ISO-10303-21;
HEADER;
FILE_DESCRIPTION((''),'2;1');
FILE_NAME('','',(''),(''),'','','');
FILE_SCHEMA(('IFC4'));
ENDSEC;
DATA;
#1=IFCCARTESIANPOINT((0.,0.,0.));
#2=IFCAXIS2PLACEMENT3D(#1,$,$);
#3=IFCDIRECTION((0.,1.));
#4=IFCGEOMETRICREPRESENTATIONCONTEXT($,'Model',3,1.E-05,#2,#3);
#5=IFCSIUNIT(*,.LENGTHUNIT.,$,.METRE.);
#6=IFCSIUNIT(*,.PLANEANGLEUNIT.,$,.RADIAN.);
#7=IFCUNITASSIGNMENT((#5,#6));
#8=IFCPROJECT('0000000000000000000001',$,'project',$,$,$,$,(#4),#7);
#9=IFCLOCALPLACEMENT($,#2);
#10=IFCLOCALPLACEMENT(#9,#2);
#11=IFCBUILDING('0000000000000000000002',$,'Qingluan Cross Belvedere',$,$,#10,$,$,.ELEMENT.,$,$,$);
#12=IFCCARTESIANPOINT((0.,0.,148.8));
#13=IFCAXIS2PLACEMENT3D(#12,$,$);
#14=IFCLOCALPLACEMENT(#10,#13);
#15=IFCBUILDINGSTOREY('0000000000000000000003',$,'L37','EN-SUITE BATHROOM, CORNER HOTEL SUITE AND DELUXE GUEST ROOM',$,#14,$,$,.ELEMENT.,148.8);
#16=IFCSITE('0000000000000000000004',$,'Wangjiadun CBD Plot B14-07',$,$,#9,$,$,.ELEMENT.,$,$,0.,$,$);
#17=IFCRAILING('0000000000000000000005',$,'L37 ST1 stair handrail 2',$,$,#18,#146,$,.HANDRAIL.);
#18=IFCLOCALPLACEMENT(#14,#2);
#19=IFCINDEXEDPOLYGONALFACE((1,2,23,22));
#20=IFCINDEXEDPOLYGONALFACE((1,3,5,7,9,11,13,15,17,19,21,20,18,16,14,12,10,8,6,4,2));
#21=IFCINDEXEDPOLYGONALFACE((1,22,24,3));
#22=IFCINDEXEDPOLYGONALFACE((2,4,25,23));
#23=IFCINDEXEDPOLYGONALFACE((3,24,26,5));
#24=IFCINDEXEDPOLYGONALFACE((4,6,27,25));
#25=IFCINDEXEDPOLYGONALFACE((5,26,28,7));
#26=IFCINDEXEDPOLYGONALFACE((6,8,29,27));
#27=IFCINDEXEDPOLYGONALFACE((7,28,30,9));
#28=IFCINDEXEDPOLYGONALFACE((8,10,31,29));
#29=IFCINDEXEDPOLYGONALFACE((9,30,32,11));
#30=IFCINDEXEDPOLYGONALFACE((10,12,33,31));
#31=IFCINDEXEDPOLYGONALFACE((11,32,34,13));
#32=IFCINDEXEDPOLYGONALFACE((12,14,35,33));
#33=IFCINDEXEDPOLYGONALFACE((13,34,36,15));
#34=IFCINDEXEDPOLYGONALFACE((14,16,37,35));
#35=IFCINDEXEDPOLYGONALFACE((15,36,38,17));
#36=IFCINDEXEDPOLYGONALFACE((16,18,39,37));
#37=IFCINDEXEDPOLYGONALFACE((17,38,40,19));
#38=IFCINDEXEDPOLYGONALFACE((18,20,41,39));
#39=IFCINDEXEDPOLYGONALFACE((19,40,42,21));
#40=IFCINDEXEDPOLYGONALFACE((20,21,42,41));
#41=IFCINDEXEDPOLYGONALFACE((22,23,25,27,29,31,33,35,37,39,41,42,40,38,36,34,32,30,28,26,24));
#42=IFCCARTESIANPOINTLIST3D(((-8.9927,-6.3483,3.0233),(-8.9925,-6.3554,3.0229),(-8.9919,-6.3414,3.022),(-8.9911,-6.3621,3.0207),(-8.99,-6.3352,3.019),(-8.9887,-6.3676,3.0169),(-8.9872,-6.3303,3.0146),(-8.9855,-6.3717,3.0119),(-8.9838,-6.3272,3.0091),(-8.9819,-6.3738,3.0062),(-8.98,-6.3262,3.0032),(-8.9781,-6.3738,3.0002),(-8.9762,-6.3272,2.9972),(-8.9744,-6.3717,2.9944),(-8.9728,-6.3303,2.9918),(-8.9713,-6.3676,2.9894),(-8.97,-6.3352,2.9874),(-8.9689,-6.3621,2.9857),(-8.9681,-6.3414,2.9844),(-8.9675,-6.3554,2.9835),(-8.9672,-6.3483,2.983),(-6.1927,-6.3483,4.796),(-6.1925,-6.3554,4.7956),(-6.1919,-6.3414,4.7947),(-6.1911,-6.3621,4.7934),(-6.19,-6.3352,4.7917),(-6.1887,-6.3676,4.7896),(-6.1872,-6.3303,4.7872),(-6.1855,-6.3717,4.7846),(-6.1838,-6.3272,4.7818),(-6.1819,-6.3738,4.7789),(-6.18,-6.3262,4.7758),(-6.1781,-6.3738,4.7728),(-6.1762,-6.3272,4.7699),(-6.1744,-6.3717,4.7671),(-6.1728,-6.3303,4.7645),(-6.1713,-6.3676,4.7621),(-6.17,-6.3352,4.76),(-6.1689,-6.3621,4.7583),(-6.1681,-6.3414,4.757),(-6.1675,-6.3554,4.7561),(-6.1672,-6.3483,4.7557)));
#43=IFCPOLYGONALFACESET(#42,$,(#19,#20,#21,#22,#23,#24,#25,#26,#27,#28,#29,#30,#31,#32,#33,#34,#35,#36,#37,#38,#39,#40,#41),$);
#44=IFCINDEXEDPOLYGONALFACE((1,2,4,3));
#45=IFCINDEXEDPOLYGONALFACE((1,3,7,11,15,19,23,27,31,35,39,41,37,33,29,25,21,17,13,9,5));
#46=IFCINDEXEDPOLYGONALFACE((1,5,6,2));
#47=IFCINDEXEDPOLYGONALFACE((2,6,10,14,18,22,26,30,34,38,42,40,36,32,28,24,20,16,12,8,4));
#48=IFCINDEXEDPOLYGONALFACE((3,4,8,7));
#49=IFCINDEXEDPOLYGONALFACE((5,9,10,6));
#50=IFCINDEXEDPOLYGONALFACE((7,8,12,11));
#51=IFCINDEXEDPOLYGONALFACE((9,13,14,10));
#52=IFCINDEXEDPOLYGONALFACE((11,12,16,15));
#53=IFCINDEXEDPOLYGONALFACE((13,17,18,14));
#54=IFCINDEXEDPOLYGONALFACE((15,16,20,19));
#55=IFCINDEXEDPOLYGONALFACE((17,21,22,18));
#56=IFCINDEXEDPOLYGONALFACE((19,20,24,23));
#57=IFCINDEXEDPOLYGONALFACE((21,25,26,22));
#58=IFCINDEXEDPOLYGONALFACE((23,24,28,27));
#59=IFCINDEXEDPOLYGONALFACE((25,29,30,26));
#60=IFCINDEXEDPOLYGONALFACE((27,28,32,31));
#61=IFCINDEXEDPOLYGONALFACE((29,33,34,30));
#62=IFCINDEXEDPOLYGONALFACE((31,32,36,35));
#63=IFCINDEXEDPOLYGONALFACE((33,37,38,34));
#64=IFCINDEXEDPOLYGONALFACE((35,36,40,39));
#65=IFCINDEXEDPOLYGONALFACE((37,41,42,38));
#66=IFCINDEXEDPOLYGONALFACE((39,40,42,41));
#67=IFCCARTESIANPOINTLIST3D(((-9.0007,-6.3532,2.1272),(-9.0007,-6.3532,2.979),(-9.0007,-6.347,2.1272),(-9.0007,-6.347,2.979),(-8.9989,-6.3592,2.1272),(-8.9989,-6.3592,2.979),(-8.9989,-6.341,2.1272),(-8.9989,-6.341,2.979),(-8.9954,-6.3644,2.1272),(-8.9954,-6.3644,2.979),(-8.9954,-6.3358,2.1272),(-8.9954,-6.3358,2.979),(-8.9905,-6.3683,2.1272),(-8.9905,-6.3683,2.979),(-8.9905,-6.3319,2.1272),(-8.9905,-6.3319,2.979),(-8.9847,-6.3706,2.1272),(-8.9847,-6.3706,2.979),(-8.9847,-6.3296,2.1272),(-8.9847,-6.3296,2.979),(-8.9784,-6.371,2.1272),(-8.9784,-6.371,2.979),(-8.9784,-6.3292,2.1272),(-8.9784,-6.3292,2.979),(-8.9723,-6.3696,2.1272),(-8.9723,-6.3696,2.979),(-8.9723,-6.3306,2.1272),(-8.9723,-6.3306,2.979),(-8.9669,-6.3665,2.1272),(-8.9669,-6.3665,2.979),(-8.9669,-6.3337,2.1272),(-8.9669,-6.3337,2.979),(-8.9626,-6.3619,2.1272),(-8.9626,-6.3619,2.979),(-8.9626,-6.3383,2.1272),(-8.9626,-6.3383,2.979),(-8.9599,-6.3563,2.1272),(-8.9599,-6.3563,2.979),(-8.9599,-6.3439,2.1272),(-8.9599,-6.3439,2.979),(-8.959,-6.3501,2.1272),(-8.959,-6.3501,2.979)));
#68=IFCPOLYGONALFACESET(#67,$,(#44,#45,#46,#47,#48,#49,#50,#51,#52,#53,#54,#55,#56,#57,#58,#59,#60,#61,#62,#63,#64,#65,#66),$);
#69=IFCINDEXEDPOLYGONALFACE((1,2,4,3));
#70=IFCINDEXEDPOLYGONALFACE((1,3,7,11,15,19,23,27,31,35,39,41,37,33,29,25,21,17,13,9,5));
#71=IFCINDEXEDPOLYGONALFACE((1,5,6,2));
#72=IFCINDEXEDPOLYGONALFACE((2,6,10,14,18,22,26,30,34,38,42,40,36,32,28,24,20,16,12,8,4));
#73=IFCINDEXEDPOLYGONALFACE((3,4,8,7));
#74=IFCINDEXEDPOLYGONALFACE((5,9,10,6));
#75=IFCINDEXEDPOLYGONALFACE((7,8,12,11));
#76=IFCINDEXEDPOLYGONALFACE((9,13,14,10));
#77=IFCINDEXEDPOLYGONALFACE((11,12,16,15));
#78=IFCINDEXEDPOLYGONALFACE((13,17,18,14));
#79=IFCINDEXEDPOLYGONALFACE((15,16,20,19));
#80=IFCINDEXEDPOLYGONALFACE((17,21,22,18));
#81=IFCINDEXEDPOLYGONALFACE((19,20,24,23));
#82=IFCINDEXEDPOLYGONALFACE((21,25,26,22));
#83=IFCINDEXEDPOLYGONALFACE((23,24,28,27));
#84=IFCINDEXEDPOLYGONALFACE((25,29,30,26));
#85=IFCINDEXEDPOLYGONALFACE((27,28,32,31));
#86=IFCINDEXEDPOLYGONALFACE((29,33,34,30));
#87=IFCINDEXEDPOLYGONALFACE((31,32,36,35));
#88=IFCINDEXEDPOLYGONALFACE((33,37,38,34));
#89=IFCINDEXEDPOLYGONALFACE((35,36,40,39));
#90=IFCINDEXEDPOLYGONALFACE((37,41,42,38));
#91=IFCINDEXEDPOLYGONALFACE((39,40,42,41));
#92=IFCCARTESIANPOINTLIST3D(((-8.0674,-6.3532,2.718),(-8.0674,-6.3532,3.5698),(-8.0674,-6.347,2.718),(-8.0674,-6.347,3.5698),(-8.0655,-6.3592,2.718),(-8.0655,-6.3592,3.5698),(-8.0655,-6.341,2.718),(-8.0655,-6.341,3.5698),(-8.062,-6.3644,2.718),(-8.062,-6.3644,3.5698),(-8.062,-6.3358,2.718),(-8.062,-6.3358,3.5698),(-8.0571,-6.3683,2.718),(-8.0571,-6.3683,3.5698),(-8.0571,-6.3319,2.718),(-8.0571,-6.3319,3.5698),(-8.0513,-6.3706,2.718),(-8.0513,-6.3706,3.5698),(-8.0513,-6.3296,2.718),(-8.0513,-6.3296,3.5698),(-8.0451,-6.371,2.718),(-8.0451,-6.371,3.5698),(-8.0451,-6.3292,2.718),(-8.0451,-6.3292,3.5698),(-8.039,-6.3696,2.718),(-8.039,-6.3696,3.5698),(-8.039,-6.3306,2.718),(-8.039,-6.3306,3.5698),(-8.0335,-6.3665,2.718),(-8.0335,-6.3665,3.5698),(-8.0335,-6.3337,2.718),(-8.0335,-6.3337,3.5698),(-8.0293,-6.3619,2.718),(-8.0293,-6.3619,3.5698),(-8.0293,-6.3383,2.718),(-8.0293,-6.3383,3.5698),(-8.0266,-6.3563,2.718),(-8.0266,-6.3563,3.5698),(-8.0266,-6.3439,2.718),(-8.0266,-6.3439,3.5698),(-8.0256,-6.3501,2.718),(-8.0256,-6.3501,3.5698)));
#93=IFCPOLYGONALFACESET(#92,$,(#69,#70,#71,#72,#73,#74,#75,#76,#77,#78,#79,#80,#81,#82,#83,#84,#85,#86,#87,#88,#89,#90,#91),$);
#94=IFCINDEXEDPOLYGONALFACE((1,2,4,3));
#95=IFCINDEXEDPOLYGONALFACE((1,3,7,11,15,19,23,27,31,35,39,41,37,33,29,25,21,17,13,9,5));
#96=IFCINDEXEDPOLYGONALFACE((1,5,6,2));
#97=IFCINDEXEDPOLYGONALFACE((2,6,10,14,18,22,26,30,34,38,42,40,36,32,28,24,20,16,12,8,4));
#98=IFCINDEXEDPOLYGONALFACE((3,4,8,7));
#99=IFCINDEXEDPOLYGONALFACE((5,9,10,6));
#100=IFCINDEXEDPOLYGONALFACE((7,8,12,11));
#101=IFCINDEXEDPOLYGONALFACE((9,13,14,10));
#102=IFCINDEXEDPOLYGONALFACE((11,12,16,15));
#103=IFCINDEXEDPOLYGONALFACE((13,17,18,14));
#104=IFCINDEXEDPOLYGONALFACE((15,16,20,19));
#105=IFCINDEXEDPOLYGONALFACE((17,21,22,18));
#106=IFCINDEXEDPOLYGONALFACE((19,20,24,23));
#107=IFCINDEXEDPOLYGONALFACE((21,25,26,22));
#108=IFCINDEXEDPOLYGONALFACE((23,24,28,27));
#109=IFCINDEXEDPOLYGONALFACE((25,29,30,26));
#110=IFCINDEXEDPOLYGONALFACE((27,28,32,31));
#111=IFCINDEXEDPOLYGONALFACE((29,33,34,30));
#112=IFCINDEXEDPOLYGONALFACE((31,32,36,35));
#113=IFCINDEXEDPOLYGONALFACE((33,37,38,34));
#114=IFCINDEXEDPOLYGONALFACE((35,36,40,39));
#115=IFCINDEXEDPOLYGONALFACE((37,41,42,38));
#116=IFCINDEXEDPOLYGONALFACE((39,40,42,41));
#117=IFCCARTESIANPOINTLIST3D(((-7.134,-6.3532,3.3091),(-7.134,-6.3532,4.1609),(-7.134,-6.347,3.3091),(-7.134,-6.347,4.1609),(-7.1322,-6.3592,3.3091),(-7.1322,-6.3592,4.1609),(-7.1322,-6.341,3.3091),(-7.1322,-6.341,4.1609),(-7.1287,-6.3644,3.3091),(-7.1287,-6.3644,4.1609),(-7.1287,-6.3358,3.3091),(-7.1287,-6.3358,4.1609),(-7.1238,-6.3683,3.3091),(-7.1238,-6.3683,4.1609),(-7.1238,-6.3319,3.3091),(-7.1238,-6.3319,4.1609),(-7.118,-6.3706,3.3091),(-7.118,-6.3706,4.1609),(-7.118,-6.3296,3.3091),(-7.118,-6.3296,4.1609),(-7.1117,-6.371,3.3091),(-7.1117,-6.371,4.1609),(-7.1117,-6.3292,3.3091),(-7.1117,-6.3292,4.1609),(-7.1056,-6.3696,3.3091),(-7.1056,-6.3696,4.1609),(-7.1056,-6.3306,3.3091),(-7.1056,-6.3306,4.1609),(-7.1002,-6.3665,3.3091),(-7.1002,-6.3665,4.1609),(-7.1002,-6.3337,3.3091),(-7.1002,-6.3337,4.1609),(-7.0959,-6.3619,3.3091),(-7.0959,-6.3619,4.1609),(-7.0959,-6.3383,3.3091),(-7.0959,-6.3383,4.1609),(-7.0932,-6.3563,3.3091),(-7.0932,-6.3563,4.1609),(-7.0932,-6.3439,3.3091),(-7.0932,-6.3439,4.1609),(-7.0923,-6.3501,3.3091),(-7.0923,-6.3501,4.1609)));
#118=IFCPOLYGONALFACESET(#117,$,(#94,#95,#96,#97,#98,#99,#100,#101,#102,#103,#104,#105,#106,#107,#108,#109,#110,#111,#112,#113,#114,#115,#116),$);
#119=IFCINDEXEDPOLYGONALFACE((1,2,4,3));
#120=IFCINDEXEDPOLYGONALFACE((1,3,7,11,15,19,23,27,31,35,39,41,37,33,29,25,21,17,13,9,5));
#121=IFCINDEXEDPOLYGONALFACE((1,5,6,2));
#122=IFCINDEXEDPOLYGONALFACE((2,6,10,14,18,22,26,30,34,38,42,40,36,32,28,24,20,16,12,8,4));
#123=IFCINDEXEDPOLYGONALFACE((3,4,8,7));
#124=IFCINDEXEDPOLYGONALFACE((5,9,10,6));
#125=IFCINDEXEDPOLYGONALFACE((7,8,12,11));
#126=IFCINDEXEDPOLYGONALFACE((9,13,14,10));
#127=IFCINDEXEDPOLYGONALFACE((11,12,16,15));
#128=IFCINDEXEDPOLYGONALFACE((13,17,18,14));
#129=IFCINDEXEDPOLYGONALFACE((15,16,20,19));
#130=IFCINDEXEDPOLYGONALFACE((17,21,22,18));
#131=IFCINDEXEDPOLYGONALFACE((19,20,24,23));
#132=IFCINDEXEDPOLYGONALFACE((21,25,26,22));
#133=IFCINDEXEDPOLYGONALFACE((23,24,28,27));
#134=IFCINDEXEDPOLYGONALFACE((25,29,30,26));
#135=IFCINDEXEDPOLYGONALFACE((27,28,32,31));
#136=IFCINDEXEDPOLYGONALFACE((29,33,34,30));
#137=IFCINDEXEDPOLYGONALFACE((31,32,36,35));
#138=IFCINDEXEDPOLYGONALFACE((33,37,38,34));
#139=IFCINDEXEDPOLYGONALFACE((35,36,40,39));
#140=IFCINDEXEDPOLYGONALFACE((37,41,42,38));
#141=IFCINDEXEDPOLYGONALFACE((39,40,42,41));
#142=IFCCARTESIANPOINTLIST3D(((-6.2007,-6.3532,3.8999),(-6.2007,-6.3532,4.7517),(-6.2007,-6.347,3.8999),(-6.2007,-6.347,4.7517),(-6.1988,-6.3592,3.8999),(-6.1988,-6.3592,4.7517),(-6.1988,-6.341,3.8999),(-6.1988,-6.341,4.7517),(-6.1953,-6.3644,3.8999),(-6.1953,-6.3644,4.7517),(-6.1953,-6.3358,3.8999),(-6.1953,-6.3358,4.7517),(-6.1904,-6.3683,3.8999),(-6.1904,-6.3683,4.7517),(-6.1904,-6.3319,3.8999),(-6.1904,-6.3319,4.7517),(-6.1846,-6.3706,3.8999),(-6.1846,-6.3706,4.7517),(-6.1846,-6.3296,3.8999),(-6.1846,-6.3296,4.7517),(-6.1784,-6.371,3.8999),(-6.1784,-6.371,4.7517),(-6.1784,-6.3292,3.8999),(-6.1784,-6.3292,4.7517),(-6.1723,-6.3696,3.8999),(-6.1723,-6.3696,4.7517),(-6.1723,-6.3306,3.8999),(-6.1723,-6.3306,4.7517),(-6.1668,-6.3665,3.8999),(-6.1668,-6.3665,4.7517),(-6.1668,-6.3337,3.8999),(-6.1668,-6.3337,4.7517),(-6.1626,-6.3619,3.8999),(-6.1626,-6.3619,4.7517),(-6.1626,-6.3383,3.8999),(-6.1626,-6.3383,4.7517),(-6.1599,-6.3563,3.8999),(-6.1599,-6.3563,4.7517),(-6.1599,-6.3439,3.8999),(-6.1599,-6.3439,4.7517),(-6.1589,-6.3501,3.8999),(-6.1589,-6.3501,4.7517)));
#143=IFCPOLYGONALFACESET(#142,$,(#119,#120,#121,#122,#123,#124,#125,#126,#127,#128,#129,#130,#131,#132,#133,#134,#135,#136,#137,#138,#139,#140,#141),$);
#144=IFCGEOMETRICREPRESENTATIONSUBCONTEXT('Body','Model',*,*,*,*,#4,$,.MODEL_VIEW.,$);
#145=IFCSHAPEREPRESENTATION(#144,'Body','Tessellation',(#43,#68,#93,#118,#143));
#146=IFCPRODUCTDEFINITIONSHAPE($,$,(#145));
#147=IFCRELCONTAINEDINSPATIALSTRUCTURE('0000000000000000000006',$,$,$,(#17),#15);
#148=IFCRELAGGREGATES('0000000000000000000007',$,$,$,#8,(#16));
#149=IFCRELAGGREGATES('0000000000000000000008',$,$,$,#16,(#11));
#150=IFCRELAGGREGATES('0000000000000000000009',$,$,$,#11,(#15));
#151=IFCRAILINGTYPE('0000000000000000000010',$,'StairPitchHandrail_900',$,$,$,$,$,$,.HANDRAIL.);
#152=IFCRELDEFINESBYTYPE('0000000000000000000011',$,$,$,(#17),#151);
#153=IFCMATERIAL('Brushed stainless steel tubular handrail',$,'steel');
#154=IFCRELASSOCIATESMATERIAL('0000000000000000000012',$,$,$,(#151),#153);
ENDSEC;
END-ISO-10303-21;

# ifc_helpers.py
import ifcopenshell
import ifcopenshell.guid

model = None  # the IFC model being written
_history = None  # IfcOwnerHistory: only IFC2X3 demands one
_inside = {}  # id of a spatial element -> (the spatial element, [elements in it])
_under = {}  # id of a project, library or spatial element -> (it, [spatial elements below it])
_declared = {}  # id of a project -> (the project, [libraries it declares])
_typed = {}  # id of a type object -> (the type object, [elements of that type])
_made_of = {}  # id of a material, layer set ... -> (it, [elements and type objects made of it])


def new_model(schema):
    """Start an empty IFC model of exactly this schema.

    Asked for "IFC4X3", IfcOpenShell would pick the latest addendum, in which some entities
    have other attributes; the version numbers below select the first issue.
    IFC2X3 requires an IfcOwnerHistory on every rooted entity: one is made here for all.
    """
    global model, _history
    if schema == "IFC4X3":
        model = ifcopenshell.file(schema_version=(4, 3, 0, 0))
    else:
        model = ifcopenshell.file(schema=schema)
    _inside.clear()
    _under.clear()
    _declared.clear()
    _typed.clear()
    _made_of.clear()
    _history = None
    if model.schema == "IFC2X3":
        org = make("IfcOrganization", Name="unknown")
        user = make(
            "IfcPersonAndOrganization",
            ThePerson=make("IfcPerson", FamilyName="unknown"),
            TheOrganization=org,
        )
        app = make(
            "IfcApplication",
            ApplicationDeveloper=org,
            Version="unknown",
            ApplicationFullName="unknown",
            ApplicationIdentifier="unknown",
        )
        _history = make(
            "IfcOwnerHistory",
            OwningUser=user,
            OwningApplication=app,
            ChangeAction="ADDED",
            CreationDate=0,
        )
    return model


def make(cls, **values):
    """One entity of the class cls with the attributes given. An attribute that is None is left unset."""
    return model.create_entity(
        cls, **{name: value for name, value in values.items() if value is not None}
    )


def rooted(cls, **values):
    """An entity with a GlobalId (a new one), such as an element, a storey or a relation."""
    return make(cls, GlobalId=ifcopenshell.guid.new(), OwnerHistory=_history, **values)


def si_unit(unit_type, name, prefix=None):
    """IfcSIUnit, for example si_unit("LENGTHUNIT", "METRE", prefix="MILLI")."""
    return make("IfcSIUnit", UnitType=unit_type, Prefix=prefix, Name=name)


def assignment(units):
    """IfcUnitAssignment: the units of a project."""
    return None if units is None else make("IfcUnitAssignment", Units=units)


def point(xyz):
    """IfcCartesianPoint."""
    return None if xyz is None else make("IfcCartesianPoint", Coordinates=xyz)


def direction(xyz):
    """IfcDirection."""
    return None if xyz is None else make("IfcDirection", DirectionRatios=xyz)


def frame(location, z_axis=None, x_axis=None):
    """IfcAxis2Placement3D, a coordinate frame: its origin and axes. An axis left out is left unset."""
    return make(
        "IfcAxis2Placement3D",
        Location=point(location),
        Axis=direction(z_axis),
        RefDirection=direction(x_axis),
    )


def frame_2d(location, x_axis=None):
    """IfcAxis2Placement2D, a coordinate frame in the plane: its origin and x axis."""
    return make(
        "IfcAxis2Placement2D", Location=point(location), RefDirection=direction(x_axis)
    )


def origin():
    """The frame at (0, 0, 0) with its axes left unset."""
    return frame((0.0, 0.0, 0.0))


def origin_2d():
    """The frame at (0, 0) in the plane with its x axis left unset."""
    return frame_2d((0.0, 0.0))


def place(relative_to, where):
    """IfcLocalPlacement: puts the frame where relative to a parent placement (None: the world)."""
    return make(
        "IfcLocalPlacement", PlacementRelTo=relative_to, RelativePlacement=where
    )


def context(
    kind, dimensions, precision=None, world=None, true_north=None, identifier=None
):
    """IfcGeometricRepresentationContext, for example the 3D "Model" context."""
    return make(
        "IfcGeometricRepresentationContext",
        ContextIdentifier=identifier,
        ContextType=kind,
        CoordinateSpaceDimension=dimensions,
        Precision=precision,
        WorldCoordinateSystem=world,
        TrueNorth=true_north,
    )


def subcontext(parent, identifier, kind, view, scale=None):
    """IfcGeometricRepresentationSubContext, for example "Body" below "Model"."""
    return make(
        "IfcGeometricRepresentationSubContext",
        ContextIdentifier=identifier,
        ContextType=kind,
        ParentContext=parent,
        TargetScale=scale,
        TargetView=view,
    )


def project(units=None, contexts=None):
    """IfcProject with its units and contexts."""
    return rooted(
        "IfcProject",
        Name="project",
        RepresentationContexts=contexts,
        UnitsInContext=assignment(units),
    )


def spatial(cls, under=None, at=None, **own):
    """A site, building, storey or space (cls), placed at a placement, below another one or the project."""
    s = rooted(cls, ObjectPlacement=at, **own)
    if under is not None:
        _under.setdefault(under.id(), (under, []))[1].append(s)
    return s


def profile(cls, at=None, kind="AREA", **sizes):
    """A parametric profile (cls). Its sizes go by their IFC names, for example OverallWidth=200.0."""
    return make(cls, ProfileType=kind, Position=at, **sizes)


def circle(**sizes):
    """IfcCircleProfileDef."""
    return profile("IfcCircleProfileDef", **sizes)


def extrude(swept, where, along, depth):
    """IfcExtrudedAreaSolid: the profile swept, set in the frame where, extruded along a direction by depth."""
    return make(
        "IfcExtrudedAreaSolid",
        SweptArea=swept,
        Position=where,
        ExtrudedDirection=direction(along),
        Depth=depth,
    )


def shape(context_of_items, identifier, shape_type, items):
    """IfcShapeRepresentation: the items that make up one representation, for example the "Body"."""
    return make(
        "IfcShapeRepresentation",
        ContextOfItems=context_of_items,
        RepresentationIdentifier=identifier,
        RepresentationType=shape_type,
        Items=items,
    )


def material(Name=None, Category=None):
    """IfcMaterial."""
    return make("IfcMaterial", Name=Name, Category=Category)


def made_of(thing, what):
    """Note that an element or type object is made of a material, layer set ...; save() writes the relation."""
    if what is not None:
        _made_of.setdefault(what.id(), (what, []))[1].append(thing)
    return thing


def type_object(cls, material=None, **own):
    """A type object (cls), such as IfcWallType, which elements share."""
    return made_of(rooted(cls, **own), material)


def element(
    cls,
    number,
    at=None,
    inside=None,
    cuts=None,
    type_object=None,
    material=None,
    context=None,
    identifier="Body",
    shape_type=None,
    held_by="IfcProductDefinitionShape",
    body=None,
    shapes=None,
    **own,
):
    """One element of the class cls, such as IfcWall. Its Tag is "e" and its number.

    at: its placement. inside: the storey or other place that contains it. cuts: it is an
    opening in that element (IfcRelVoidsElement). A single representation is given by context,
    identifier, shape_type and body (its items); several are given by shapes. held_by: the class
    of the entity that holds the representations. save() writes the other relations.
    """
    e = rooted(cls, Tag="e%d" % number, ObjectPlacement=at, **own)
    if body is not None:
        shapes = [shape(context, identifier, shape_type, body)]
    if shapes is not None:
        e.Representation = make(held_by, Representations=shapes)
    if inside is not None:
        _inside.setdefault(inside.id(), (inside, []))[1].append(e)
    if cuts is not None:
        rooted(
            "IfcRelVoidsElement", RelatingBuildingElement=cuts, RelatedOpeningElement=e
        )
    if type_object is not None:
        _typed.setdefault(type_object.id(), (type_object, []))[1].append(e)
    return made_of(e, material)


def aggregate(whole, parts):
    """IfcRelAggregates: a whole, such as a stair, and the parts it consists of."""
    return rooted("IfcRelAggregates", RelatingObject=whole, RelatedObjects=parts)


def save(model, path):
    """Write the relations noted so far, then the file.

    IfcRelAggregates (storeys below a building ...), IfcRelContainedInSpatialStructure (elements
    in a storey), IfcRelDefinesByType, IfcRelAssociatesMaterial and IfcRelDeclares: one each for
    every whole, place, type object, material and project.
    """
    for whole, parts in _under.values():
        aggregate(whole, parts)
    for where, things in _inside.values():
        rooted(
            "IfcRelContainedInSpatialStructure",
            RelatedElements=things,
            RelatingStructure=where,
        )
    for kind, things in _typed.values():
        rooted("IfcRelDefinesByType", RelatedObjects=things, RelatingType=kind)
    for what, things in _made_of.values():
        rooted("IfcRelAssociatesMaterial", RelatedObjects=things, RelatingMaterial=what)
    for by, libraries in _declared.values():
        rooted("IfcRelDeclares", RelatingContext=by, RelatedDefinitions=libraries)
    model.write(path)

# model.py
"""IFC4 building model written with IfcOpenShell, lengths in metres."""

from ifc_helpers import new_model, si_unit, direction, frame, origin, origin_2d, place, context, subcontext, project, spatial, circle, extrude, material, type_object, element, save


model = new_model("IFC4")

# Units and contexts
model_context = context("Model", 3, precision=1e-05, world=origin(), true_north=direction((0.0, 1.0)))
body_context = subcontext(model_context, "Body", "Model", "MODEL_VIEW")
ifc_project = project(units=[si_unit("LENGTHUNIT", "METRE"), si_unit("PLANEANGLEUNIT", "RADIAN")], contexts=[model_context])

# Site, building, storey
site_placement = place(None, origin())
site = spatial("IfcSite", under=ifc_project, at=site_placement, Name="Wangjiadun CBD Plot B14-07", CompositionType="ELEMENT", RefElevation=0.0)
building_placement = place(site_placement, origin())
building = spatial("IfcBuilding", under=site, at=building_placement, Name="Qingluan Cross Belvedere", CompositionType="ELEMENT")
storey_placement = place(building_placement, frame((0.0, 0.0, 148.8)))
storey = spatial("IfcBuildingStorey", under=building, at=storey_placement, Name="L37", Description="EN-SUITE BATHROOM, CORNER HOTEL SUITE AND DELUXE GUEST ROOM", CompositionType="ELEMENT", Elevation=148.8)

# Railing
ifc_material_1 = material(Name="Brushed stainless steel tubular handrail", Category="steel")
railing_type_1 = type_object("IfcRailingType", Name="StairPitchHandrail_900", PredefinedType="HANDRAIL", material=ifc_material_1)
railing_1_placement = place(storey_placement, frame((-8.98, -6.3501, 2.1272)))
element("IfcRailing", 1, at=railing_1_placement, inside=storey, type_object=railing_type_1, Name="L37 ST1 stair handrail 2", PredefinedType="HANDRAIL", context=body_context, shape_type="SweptSolid", body=[
    extrude(circle(Radius=0.0239, at=origin_2d()), frame((0.0, 0.0, 0.876), z_axis=(0.844909, 0.0, 0.53491), x_axis=(0.0, 1.0, 0.0)), (0.0, 0.0, 1.0), 3.314),
    extrude(circle(Radius=0.021, at=origin_2d()), origin(), (0.0, 0.0, 1.0), 0.8518),
    extrude(circle(Radius=0.021, at=origin_2d()), frame((0.9333, 0.0, 0.5908)), (0.0, 0.0, 1.0), 0.8518),
    extrude(circle(Radius=0.021, at=origin_2d()), frame((1.8667, 0.0, 1.1819)), (0.0, 0.0, 1.0), 0.8518),
    extrude(circle(Radius=0.021, at=origin_2d()), frame((2.8, 0.0, 1.7727)), (0.0, 0.0, 1.0), 0.8518),
])

save(model, "model.ifc")
